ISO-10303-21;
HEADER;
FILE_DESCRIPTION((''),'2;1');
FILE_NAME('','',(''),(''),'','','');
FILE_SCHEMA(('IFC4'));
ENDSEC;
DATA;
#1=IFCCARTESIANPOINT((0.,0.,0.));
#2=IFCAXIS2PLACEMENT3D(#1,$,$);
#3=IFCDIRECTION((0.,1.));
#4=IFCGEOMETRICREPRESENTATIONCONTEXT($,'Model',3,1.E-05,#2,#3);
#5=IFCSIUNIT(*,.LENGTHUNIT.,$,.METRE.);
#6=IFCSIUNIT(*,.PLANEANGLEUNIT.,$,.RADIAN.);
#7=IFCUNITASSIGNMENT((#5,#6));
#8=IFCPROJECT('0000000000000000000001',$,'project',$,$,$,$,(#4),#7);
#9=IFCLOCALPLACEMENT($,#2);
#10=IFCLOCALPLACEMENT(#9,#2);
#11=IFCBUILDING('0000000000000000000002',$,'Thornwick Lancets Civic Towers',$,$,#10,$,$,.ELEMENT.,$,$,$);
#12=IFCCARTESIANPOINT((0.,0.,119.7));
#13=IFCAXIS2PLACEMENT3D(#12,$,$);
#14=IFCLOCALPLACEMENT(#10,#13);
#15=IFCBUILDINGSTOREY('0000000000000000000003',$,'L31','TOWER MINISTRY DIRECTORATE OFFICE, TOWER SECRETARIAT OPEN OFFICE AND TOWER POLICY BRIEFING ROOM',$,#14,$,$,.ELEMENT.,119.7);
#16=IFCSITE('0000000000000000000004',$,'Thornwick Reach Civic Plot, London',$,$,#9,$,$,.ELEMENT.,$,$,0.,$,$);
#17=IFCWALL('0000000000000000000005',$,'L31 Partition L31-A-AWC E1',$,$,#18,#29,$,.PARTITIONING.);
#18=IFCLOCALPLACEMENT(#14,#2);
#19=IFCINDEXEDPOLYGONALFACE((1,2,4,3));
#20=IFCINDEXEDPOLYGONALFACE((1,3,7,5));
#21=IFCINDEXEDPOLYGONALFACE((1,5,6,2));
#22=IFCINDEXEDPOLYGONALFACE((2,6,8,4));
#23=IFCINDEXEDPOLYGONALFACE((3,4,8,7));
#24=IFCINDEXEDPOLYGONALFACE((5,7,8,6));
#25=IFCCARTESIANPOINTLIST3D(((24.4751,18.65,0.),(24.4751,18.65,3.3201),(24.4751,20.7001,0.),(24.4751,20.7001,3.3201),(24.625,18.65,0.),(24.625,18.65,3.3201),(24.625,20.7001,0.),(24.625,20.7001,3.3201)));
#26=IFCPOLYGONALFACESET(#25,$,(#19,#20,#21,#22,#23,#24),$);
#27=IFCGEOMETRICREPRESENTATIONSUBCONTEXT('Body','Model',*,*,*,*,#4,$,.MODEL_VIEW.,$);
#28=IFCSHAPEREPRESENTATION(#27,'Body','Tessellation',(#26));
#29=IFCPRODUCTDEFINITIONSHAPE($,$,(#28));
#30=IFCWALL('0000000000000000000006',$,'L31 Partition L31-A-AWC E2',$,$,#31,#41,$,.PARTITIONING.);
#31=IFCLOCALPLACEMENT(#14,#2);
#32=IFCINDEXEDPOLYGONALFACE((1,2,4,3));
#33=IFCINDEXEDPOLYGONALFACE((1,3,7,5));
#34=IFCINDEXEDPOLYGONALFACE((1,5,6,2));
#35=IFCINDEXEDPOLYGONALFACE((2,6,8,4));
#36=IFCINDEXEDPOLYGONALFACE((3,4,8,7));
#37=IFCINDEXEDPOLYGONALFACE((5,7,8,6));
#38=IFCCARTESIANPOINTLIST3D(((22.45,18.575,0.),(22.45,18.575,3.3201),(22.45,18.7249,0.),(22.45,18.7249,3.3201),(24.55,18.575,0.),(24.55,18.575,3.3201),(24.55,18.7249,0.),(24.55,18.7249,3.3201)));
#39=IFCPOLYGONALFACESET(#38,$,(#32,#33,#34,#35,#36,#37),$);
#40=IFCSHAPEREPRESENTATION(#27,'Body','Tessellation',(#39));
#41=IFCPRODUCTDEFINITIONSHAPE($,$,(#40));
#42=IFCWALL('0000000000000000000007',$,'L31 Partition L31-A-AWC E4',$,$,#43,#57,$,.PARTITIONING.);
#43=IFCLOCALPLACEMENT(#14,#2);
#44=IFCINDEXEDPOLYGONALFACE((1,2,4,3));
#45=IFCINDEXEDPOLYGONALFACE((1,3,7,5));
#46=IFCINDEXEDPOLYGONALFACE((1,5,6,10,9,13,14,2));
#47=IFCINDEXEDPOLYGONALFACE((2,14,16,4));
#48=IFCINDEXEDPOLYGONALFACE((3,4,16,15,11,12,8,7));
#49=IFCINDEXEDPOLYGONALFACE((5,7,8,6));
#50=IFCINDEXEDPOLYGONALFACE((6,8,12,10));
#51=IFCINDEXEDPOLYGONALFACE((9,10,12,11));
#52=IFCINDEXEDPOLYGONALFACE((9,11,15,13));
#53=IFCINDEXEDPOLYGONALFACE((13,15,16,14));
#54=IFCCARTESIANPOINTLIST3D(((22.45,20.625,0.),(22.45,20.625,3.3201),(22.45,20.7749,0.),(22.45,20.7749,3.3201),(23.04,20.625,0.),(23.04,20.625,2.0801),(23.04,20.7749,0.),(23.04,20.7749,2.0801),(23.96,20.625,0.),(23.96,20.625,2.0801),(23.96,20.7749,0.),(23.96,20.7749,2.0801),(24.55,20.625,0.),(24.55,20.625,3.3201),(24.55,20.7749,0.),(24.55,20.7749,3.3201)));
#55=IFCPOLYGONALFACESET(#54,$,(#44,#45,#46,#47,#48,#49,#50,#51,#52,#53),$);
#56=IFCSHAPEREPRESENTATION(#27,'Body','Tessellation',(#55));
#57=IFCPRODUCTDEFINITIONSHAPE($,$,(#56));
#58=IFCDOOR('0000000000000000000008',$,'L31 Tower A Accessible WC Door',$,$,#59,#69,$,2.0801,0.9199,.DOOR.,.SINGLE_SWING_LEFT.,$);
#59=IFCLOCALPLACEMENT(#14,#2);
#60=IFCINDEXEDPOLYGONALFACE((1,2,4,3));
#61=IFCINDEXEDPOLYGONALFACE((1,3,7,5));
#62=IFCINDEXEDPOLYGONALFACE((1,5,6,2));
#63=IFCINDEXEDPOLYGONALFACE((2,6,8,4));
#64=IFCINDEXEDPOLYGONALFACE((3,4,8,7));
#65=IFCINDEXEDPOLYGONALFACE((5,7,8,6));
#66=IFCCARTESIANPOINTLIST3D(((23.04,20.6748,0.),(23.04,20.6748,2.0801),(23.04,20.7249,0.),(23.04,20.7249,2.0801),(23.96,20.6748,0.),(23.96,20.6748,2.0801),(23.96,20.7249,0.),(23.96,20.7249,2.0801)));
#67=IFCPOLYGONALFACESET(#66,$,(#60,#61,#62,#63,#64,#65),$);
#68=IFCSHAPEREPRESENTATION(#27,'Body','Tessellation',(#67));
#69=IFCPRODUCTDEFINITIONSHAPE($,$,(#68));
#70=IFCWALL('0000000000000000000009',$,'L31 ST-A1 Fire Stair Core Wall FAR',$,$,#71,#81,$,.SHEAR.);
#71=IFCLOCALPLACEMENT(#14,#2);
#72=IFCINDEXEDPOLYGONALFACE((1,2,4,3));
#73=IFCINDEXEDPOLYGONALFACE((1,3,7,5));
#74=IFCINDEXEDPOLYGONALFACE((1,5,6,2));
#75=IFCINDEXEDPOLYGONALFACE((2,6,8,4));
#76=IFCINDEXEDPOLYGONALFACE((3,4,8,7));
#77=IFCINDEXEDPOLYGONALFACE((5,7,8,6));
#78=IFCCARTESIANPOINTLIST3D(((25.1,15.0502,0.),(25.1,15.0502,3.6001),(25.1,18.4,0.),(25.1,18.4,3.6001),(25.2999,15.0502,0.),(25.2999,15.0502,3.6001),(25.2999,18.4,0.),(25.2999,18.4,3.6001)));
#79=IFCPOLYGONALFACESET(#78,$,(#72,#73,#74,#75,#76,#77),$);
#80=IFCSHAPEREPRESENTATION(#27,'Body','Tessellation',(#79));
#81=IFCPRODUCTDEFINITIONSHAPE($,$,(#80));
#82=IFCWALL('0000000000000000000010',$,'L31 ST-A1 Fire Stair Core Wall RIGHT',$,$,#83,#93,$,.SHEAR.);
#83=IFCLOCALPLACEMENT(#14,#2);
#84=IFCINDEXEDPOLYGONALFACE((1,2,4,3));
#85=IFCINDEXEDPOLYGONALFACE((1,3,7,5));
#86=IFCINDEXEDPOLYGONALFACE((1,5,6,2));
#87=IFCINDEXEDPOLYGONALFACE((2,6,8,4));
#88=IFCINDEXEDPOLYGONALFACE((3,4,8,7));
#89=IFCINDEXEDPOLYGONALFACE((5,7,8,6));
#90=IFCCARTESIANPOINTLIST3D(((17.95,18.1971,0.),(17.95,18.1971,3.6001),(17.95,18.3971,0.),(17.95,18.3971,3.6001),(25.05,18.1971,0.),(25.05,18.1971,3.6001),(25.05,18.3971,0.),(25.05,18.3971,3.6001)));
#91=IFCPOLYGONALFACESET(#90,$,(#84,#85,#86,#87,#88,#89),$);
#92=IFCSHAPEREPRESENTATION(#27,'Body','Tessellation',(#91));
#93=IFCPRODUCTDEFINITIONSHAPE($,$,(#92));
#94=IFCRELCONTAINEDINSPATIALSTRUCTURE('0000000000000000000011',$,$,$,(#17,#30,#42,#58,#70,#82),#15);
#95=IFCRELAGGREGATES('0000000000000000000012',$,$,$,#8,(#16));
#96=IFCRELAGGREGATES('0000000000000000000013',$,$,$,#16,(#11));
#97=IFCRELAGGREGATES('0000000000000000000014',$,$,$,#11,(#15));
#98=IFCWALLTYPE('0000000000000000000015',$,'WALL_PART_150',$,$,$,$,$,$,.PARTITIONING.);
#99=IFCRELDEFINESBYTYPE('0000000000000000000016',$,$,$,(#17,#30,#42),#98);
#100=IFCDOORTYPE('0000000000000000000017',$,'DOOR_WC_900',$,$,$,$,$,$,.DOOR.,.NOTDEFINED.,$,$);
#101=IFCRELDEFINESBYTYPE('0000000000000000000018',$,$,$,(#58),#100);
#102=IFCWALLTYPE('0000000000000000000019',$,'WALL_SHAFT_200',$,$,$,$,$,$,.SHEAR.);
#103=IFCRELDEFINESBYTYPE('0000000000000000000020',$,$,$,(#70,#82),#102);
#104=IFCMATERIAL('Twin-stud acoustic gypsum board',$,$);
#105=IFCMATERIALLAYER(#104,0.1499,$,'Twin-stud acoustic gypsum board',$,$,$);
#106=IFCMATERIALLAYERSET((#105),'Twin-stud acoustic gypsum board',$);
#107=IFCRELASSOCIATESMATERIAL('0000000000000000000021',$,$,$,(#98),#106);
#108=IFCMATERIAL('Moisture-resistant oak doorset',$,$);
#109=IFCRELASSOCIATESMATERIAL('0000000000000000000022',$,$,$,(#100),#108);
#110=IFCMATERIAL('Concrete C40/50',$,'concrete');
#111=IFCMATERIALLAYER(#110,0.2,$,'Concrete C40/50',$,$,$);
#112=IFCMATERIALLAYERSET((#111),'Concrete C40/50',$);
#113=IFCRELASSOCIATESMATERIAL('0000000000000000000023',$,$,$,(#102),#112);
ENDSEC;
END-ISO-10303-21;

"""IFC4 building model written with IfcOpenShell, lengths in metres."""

from ifc_helpers import new_model, si_unit, direction, frame, frame_2d, origin, place, context, subcontext, project, spatial, rectangle, extrude, material, layer, layer_set, type_object, element, fill, save


model = new_model("IFC4")

# Units and contexts
model_context = context("Model", 3, precision=1e-05, world=origin(), true_north=direction((0.0, 1.0)))
body_context = subcontext(model_context, "Body", "Model", "MODEL_VIEW")
ifc_project = project(units=[si_unit("LENGTHUNIT", "METRE"), si_unit("PLANEANGLEUNIT", "RADIAN")], contexts=[model_context])

# Site, building, storey
site_placement = place(None, origin())
site = spatial("IfcSite", under=ifc_project, at=site_placement, Name="Thornwick Reach Civic Plot, London", CompositionType="ELEMENT", RefElevation=0.0)
building_placement = place(site_placement, origin())
building = spatial("IfcBuilding", under=site, at=building_placement, Name="Thornwick Lancets Civic Towers", CompositionType="ELEMENT")
storey_placement = place(building_placement, frame((0.0, 0.0, 119.7)))
storey = spatial("IfcBuildingStorey", under=building, at=storey_placement, Name="L31", Description="TOWER MINISTRY DIRECTORATE OFFICE, TOWER SECRETARIAT OPEN OFFICE AND TOWER POLICY BRIEFING ROOM", CompositionType="ELEMENT", Elevation=119.7)

# Shared definitions
ifc_material_1 = material(Name="Concrete C40/50", Category="concrete")

# Walls
ifc_material_2 = material(Name="Twin-stud acoustic gypsum board")
ifc_layer_1 = layer(ifc_material_2, 0.1499, Name="Twin-stud acoustic gypsum board")
ifc_layer_set_1 = layer_set([ifc_layer_1], Name="Twin-stud acoustic gypsum board")
wall_type_1 = type_object("IfcWallType", Name="WALL_PART_150", PredefinedType="PARTITIONING", material=ifc_layer_set_1)
wall_1_placement = place(storey_placement, frame((24.55, 20.7, 0.0), z_axis=(0.0, 0.0, 1.0), x_axis=(0.0, -1.0, 0.0)))
element("IfcWall", 1, at=wall_1_placement, inside=storey, type_object=wall_type_1, Name="L31 Partition L31-A-AWC E1", PredefinedType="PARTITIONING", context=body_context, shape_type="SweptSolid", body=[
    extrude(rectangle(XDim=2.05, YDim=0.1499, at=frame_2d((1.0249, 0.0))), origin(), (0.0, 0.0, 1.0), 3.3201),
])
wall_2_placement = place(storey_placement, frame((24.55, 18.6499, 0.0), z_axis=(0.0, 0.0, 1.0), x_axis=(-1.0, 0.0, 0.0)))
element("IfcWall", 2, at=wall_2_placement, inside=storey, type_object=wall_type_1, Name="L31 Partition L31-A-AWC E2", PredefinedType="PARTITIONING", context=body_context, shape_type="SweptSolid", body=[
    extrude(rectangle(XDim=2.1001, YDim=0.1499, at=frame_2d((1.05, 0.0))), origin(), (0.0, 0.0, 1.0), 3.3201),
])

# Wall, opening, door
wall_3_placement = place(storey_placement, frame((22.45, 20.7, 0.0), z_axis=(0.0, 0.0, 1.0), x_axis=(1.0, 0.0, 0.0)))
wall_3 = element("IfcWall", 3, at=wall_3_placement, inside=storey, type_object=wall_type_1, Name="L31 Partition L31-A-AWC E4", PredefinedType="PARTITIONING", context=body_context, shape_type="SweptSolid", body=[
    extrude(rectangle(XDim=2.1001, YDim=0.1499, at=frame_2d((1.05, 0.0))), origin(), (0.0, 0.0, 1.0), 3.3201),
])
opening_1_placement = place(wall_3_placement, frame((0.5901, 0.0, 0.0)))
opening_1 = element("IfcOpeningElement", 4, at=opening_1_placement, cuts=wall_3, PredefinedType="OPENING", context=body_context, shape_type="SweptSolid", body=[
    extrude(rectangle(XDim=0.9199, YDim=2.0801, at=frame_2d((0.46, 1.04))), frame((0.0, 0.085, 0.0), z_axis=(0.0, -1.0, 0.0), x_axis=(1.0, 0.0, 0.0)), (0.0, 0.0, 1.0), 0.1699),
])
ifc_material_3 = material(Name="Moisture-resistant oak doorset")
door_type_1 = type_object("IfcDoorType", Name="DOOR_WC_900", OperationType="NOTDEFINED", PredefinedType="DOOR", material=ifc_material_3)
door_1_placement = place(opening_1_placement, origin())
door_1 = element("IfcDoor", 5, at=door_1_placement, inside=storey, type_object=door_type_1, Name="L31 Tower A Accessible WC Door", OperationType="SINGLE_SWING_LEFT", OverallHeight=2.0801, OverallWidth=0.9199, PredefinedType="DOOR", context=body_context, shape_type="SweptSolid", body=[
    extrude(rectangle(XDim=0.9199, YDim=2.0801, at=frame_2d((0.46, 1.04))), frame((0.0, 0.0249, 0.0), z_axis=(0.0, -1.0, 0.0), x_axis=(1.0, 0.0, 0.0)), (0.0, 0.0, 1.0), 0.05),
])
fill(opening_1, door_1)

# Walls
ifc_layer_2 = layer(ifc_material_1, 0.2, Name="Concrete C40/50")
ifc_layer_set_2 = layer_set([ifc_layer_2], Name="Concrete C40/50")
wall_type_2 = type_object("IfcWallType", Name="WALL_SHAFT_200", PredefinedType="SHEAR", material=ifc_layer_set_2)
wall_4_placement = place(storey_placement, frame((25.2, 18.3999, 0.0), z_axis=(0.0, 0.0, 1.0), x_axis=(0.0, -1.0, 0.0)))
element("IfcWall", 6, at=wall_4_placement, inside=storey, type_object=wall_type_2, Name="L31 ST-A1 Fire Stair Core Wall FAR", PredefinedType="SHEAR", context=body_context, shape_type="SweptSolid", body=[
    extrude(rectangle(XDim=3.3499, YDim=0.2, at=frame_2d((1.6748, 0.0))), origin(), (0.0, 0.0, 1.0), 3.6001),
])
wall_5_placement = place(storey_placement, frame((25.05, 18.2971, 0.0), z_axis=(0.0, 0.0, 1.0), x_axis=(-1.0, 0.0, 0.0)))
element("IfcWall", 7, at=wall_5_placement, inside=storey, type_object=wall_type_2, Name="L31 ST-A1 Fire Stair Core Wall RIGHT", PredefinedType="SHEAR", context=body_context, shape_type="SweptSolid", body=[
    extrude(rectangle(XDim=7.1001, YDim=0.2, at=frame_2d((3.55, 0.0))), origin(), (0.0, 0.0, 1.0), 3.6001),
])

save(model, "model.ifc")
